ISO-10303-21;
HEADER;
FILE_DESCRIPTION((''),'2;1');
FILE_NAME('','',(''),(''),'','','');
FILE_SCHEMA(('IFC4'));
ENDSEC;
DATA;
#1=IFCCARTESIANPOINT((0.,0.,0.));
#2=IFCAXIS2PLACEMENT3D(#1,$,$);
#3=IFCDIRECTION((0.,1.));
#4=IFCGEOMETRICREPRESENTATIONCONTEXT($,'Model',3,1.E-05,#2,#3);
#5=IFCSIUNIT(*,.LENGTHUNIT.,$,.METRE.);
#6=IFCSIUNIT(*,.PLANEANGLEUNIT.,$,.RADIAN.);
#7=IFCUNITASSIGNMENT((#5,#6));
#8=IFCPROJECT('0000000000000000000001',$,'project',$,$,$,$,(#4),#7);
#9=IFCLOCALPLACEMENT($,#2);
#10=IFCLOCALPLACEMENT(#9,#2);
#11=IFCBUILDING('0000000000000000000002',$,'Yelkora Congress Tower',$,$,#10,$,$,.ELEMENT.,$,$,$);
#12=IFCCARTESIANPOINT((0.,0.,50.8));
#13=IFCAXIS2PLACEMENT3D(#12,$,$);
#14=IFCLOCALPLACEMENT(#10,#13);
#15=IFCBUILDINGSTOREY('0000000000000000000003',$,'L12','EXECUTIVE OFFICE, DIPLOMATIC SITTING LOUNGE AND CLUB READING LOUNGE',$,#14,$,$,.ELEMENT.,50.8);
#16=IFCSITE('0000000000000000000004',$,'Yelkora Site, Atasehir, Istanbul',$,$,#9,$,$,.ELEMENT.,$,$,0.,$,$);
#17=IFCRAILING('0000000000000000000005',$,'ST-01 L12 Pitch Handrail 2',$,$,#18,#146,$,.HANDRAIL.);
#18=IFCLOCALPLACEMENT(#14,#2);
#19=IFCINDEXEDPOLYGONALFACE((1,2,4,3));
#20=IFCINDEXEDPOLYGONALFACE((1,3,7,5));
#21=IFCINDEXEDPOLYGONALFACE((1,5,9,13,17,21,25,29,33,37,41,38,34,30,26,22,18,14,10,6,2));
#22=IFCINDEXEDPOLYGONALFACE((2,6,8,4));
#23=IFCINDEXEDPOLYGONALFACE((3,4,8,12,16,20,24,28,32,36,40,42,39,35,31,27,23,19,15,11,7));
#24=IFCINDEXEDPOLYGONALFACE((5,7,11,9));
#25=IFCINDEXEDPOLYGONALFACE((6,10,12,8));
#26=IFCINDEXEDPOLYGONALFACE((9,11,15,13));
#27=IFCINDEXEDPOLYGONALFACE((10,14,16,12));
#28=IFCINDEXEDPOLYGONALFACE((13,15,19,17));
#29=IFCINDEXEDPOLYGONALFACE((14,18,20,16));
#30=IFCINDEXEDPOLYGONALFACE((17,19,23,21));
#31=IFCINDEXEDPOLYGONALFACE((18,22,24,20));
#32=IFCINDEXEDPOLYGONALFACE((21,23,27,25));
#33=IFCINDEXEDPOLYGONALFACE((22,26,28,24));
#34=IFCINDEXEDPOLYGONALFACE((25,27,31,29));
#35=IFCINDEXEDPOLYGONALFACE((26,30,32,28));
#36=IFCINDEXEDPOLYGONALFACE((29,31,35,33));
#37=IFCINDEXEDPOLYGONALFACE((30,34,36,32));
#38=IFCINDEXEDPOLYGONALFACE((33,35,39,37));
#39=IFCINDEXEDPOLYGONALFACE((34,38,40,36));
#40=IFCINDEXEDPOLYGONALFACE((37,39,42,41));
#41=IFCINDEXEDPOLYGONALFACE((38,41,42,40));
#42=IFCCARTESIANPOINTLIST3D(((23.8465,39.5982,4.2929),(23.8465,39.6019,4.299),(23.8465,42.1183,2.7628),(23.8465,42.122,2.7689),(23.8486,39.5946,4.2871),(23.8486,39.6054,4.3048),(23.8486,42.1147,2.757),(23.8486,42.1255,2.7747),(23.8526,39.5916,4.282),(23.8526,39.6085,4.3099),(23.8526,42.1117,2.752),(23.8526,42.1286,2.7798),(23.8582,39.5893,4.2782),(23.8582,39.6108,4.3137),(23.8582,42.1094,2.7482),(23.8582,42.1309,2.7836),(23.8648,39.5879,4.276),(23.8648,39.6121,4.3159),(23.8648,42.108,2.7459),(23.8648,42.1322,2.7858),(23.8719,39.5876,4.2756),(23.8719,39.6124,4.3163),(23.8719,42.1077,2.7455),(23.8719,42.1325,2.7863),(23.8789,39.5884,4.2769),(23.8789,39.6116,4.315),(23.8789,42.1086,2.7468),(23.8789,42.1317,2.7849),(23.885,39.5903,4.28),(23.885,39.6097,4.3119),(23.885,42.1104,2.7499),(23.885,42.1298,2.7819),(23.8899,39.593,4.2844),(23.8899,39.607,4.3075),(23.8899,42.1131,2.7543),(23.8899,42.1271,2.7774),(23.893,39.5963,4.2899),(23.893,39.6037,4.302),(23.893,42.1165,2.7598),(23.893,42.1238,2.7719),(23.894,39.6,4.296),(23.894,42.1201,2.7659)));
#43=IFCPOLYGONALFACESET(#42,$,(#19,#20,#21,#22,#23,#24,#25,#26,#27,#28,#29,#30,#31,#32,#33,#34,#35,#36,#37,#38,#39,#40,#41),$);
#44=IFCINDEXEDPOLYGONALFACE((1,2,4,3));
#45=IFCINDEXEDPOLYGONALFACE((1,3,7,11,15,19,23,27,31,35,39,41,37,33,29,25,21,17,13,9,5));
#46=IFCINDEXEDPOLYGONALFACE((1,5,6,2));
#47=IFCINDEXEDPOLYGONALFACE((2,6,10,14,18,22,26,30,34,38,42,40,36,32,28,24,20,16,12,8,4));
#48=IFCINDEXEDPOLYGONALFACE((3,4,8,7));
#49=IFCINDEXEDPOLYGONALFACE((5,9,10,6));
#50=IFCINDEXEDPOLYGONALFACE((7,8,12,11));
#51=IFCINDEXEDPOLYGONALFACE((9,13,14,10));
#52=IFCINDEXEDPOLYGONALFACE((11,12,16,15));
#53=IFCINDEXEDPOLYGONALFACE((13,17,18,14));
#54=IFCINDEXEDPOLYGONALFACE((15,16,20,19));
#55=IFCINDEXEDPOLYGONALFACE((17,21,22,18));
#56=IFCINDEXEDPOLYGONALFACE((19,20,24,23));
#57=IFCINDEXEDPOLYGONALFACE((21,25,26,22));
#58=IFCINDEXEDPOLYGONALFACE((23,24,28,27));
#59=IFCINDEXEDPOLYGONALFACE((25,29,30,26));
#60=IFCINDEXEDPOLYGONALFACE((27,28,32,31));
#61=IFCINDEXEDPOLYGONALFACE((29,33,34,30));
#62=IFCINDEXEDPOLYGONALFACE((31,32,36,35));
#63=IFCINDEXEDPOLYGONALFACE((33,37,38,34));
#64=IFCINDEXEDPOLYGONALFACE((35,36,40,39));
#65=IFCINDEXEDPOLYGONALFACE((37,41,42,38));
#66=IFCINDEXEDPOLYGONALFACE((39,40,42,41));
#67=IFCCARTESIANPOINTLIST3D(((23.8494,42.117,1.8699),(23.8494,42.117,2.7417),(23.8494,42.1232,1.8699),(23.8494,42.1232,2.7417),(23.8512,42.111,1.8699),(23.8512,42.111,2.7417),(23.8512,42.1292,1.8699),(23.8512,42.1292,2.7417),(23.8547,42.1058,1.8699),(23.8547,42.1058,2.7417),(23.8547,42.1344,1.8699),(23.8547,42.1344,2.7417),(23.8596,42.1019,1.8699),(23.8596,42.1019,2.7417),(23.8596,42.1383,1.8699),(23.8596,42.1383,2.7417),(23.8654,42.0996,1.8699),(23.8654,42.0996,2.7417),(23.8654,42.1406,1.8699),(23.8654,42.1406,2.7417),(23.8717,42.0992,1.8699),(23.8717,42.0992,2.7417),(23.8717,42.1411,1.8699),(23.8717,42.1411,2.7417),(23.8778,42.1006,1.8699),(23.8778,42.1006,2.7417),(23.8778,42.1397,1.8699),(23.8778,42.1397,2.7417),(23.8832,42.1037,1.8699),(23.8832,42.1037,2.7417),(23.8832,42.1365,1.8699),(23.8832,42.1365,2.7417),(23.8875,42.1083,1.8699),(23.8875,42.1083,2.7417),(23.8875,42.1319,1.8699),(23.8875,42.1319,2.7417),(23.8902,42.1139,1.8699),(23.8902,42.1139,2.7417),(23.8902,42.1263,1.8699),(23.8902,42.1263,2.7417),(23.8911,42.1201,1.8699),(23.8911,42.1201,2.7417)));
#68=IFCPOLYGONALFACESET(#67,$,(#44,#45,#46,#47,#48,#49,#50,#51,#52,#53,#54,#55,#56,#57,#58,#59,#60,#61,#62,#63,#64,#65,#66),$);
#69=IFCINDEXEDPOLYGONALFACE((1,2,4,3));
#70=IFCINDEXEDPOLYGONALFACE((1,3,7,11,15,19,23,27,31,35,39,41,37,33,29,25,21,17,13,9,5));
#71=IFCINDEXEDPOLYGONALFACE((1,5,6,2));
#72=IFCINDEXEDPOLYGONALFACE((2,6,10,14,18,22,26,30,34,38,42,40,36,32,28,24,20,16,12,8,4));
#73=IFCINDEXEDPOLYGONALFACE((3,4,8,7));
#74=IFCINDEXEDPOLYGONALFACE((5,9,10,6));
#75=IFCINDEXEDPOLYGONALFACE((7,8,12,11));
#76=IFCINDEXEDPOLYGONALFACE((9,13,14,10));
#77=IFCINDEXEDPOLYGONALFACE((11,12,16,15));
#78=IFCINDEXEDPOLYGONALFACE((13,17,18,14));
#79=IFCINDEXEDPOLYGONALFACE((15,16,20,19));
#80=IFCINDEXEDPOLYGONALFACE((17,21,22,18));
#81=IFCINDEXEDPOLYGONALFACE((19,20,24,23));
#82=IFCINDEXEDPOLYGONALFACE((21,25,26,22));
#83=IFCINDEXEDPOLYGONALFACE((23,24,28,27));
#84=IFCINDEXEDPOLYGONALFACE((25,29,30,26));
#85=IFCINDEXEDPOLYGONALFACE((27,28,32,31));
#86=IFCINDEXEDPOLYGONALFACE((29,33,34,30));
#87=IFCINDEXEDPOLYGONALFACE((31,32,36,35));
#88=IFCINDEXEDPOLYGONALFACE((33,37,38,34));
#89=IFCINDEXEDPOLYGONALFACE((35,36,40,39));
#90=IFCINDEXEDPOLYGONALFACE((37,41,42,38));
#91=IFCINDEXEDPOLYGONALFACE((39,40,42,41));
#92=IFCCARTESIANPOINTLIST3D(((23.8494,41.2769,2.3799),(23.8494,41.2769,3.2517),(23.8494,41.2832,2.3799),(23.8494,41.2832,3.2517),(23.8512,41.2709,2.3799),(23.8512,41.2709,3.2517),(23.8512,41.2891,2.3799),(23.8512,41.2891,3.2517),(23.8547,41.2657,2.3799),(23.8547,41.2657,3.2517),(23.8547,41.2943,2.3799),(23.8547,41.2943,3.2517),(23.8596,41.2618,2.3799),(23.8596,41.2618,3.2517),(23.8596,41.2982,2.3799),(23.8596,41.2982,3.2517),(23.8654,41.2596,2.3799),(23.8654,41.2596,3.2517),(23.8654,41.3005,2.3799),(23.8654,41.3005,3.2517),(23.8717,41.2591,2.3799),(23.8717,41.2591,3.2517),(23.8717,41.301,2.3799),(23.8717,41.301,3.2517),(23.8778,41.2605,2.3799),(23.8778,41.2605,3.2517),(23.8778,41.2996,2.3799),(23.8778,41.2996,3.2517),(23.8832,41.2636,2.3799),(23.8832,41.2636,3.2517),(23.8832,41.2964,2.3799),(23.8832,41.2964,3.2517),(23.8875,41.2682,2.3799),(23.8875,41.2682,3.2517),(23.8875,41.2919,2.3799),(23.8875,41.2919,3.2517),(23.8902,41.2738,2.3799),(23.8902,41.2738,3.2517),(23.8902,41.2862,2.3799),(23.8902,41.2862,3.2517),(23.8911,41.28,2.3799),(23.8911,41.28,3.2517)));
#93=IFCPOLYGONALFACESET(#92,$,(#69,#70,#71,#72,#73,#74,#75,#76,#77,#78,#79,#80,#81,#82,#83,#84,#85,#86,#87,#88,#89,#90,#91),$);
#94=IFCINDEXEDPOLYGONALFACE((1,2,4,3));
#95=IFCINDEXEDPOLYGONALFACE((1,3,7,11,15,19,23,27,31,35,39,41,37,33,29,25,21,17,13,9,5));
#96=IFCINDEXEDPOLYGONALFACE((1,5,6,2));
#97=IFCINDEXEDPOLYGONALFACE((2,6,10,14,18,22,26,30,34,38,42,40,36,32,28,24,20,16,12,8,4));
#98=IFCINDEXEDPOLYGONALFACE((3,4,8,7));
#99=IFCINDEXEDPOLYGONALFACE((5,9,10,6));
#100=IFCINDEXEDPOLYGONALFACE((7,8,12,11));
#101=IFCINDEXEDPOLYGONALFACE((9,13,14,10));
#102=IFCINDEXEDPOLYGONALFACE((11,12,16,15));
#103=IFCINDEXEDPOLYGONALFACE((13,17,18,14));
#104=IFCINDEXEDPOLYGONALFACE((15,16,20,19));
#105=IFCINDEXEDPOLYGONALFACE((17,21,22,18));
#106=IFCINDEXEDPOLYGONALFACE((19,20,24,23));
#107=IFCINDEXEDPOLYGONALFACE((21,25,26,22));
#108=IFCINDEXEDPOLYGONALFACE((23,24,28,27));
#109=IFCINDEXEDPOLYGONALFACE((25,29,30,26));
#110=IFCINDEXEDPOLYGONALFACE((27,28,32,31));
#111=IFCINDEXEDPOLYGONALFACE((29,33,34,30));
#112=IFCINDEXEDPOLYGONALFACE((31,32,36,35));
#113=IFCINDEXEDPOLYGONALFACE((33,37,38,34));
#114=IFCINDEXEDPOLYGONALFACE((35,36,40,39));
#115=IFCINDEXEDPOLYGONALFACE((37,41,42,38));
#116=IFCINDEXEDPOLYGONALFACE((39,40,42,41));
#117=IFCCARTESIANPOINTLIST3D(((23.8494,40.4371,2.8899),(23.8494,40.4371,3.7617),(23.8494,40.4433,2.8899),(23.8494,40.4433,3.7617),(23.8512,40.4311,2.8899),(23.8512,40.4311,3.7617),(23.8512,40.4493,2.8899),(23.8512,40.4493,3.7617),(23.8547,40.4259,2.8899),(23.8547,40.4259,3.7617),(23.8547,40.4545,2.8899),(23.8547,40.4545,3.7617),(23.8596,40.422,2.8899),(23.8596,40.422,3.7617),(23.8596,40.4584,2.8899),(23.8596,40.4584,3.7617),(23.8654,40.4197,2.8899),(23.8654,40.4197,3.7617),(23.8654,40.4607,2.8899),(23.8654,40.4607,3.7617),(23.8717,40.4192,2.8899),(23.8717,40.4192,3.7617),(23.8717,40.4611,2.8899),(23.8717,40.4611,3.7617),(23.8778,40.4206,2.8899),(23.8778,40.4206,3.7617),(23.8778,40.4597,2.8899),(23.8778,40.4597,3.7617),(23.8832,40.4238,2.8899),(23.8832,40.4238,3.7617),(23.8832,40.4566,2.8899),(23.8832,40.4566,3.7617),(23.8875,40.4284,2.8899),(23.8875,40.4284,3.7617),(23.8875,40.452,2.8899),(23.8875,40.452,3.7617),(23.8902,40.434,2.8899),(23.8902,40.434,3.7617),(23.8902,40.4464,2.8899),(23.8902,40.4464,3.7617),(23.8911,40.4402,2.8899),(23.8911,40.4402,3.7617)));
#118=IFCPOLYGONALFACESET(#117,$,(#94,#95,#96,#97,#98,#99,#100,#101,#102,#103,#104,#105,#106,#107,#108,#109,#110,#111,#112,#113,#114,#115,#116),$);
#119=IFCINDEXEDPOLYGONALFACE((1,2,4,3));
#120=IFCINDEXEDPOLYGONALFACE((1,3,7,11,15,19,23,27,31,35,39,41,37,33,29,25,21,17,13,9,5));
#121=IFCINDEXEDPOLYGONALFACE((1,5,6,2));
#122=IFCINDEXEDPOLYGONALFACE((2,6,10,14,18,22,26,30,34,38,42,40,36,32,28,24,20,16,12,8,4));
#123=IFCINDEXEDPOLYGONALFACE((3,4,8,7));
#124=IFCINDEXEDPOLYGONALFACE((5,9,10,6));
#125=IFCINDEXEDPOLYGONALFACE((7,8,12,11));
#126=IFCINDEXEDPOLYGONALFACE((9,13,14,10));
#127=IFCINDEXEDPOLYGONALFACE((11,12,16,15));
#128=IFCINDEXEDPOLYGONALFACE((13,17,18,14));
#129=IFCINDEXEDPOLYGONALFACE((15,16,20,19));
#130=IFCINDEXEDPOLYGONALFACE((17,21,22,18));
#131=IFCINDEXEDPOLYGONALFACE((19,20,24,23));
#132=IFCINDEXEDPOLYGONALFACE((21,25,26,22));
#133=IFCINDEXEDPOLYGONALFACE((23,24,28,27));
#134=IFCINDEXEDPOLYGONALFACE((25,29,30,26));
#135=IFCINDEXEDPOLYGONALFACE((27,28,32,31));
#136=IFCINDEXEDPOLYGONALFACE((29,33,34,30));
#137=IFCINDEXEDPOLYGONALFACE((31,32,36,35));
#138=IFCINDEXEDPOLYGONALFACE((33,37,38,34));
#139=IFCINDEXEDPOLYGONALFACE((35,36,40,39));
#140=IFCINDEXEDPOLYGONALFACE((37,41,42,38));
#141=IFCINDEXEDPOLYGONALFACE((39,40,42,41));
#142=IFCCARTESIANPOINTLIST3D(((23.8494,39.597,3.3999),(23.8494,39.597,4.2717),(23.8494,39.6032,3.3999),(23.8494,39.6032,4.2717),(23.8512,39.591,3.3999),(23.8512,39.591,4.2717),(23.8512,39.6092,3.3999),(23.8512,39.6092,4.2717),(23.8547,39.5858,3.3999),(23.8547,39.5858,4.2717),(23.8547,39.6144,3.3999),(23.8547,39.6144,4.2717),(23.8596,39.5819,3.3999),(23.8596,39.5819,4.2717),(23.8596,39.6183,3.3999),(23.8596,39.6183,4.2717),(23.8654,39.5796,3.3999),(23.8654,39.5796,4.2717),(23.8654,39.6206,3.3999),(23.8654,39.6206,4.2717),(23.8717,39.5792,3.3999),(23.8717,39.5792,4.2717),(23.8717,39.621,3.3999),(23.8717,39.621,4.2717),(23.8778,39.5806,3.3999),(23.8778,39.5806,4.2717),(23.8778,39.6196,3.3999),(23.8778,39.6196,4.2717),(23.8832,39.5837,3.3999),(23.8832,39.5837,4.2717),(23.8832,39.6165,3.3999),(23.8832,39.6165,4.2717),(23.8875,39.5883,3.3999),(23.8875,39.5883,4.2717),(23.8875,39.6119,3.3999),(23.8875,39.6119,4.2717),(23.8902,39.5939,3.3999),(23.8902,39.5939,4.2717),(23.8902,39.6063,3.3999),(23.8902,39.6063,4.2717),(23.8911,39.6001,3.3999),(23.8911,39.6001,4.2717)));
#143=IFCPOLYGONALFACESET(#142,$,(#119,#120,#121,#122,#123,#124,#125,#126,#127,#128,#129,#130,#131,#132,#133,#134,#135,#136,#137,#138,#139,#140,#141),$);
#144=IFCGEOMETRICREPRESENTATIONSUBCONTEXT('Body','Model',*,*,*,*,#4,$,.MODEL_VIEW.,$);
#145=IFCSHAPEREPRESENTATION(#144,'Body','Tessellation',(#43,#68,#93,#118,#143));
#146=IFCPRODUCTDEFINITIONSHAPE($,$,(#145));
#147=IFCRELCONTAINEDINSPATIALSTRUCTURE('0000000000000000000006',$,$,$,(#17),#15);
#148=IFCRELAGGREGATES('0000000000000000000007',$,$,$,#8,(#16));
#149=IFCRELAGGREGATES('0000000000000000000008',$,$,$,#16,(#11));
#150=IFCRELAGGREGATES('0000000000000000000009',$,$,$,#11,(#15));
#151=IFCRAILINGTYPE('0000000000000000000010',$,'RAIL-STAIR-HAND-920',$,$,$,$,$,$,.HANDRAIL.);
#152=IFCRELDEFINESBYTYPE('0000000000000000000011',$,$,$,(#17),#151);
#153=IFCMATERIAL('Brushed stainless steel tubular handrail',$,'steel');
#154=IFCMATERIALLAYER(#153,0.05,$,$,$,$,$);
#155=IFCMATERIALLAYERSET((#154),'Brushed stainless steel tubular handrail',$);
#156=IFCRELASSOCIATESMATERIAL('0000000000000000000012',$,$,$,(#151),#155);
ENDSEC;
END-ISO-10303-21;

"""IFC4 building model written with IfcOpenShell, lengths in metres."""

from ifc_helpers import new_model, si_unit, direction, frame, origin, origin_2d, place, context, subcontext, project, spatial, circle, extrude, material, layer, layer_set, type_object, element, save


model = new_model("IFC4")

# Units and contexts
model_context = context("Model", 3, precision=1e-05, world=origin(), true_north=direction((0.0, 1.0)))
body_context = subcontext(model_context, "Body", "Model", "MODEL_VIEW")
ifc_project = project(units=[si_unit("LENGTHUNIT", "METRE"), si_unit("PLANEANGLEUNIT", "RADIAN")], contexts=[model_context])

# Site, building, storey
site_placement = place(None, origin())
site = spatial("IfcSite", under=ifc_project, at=site_placement, Name="Yelkora Site, Atasehir, Istanbul", CompositionType="ELEMENT", RefElevation=0.0)
building_placement = place(site_placement, origin())
building = spatial("IfcBuilding", under=site, at=building_placement, Name="Yelkora Congress Tower", CompositionType="ELEMENT")
storey_placement = place(building_placement, frame((0.0, 0.0, 50.8)))
storey = spatial("IfcBuildingStorey", under=building, at=storey_placement, Name="L12", Description="EXECUTIVE OFFICE, DIPLOMATIC SITTING LOUNGE AND CLUB READING LOUNGE", CompositionType="ELEMENT", Elevation=50.8)

# Railing
ifc_material_1 = material(Name="Brushed stainless steel tubular handrail", Category="steel")
ifc_layer_1 = layer(ifc_material_1, 0.05)
ifc_layer_set_1 = layer_set([ifc_layer_1], Name="Brushed stainless steel tubular handrail")
railing_type_1 = type_object("IfcRailingType", Name="RAIL-STAIR-HAND-920", PredefinedType="HANDRAIL", material=ifc_layer_set_1)
railing_1_placement = place(storey_placement, frame((23.8701, 42.1201, 1.8699)))
element("IfcRailing", 1, at=railing_1_placement, inside=storey, type_object=railing_type_1, Name="ST-01 L12 Pitch Handrail 2", PredefinedType="HANDRAIL", context=body_context, shape_type="SweptSolid", body=[
    extrude(circle(Radius=0.0239, at=origin_2d()), frame((0.0, 0.0, 0.896), z_axis=(0.0, -0.854785, 0.518982), x_axis=(1.0, 0.0, 0.0)), (0.0, 0.0, 1.0), 2.9482),
    extrude(circle(Radius=0.021, at=origin_2d()), origin(), (0.0, 0.0, 1.0), 0.8718),
    extrude(circle(Radius=0.021, at=origin_2d()), frame((0.0, -0.8401, 0.51)), (0.0, 0.0, 1.0), 0.8718),
    extrude(circle(Radius=0.021, at=origin_2d()), frame((0.0, -1.6799, 1.02)), (0.0, 0.0, 1.0), 0.8718),
    extrude(circle(Radius=0.021, at=origin_2d()), frame((0.0, -2.52, 1.53)), (0.0, 0.0, 1.0), 0.8718),
])

save(model, "model.ifc")
